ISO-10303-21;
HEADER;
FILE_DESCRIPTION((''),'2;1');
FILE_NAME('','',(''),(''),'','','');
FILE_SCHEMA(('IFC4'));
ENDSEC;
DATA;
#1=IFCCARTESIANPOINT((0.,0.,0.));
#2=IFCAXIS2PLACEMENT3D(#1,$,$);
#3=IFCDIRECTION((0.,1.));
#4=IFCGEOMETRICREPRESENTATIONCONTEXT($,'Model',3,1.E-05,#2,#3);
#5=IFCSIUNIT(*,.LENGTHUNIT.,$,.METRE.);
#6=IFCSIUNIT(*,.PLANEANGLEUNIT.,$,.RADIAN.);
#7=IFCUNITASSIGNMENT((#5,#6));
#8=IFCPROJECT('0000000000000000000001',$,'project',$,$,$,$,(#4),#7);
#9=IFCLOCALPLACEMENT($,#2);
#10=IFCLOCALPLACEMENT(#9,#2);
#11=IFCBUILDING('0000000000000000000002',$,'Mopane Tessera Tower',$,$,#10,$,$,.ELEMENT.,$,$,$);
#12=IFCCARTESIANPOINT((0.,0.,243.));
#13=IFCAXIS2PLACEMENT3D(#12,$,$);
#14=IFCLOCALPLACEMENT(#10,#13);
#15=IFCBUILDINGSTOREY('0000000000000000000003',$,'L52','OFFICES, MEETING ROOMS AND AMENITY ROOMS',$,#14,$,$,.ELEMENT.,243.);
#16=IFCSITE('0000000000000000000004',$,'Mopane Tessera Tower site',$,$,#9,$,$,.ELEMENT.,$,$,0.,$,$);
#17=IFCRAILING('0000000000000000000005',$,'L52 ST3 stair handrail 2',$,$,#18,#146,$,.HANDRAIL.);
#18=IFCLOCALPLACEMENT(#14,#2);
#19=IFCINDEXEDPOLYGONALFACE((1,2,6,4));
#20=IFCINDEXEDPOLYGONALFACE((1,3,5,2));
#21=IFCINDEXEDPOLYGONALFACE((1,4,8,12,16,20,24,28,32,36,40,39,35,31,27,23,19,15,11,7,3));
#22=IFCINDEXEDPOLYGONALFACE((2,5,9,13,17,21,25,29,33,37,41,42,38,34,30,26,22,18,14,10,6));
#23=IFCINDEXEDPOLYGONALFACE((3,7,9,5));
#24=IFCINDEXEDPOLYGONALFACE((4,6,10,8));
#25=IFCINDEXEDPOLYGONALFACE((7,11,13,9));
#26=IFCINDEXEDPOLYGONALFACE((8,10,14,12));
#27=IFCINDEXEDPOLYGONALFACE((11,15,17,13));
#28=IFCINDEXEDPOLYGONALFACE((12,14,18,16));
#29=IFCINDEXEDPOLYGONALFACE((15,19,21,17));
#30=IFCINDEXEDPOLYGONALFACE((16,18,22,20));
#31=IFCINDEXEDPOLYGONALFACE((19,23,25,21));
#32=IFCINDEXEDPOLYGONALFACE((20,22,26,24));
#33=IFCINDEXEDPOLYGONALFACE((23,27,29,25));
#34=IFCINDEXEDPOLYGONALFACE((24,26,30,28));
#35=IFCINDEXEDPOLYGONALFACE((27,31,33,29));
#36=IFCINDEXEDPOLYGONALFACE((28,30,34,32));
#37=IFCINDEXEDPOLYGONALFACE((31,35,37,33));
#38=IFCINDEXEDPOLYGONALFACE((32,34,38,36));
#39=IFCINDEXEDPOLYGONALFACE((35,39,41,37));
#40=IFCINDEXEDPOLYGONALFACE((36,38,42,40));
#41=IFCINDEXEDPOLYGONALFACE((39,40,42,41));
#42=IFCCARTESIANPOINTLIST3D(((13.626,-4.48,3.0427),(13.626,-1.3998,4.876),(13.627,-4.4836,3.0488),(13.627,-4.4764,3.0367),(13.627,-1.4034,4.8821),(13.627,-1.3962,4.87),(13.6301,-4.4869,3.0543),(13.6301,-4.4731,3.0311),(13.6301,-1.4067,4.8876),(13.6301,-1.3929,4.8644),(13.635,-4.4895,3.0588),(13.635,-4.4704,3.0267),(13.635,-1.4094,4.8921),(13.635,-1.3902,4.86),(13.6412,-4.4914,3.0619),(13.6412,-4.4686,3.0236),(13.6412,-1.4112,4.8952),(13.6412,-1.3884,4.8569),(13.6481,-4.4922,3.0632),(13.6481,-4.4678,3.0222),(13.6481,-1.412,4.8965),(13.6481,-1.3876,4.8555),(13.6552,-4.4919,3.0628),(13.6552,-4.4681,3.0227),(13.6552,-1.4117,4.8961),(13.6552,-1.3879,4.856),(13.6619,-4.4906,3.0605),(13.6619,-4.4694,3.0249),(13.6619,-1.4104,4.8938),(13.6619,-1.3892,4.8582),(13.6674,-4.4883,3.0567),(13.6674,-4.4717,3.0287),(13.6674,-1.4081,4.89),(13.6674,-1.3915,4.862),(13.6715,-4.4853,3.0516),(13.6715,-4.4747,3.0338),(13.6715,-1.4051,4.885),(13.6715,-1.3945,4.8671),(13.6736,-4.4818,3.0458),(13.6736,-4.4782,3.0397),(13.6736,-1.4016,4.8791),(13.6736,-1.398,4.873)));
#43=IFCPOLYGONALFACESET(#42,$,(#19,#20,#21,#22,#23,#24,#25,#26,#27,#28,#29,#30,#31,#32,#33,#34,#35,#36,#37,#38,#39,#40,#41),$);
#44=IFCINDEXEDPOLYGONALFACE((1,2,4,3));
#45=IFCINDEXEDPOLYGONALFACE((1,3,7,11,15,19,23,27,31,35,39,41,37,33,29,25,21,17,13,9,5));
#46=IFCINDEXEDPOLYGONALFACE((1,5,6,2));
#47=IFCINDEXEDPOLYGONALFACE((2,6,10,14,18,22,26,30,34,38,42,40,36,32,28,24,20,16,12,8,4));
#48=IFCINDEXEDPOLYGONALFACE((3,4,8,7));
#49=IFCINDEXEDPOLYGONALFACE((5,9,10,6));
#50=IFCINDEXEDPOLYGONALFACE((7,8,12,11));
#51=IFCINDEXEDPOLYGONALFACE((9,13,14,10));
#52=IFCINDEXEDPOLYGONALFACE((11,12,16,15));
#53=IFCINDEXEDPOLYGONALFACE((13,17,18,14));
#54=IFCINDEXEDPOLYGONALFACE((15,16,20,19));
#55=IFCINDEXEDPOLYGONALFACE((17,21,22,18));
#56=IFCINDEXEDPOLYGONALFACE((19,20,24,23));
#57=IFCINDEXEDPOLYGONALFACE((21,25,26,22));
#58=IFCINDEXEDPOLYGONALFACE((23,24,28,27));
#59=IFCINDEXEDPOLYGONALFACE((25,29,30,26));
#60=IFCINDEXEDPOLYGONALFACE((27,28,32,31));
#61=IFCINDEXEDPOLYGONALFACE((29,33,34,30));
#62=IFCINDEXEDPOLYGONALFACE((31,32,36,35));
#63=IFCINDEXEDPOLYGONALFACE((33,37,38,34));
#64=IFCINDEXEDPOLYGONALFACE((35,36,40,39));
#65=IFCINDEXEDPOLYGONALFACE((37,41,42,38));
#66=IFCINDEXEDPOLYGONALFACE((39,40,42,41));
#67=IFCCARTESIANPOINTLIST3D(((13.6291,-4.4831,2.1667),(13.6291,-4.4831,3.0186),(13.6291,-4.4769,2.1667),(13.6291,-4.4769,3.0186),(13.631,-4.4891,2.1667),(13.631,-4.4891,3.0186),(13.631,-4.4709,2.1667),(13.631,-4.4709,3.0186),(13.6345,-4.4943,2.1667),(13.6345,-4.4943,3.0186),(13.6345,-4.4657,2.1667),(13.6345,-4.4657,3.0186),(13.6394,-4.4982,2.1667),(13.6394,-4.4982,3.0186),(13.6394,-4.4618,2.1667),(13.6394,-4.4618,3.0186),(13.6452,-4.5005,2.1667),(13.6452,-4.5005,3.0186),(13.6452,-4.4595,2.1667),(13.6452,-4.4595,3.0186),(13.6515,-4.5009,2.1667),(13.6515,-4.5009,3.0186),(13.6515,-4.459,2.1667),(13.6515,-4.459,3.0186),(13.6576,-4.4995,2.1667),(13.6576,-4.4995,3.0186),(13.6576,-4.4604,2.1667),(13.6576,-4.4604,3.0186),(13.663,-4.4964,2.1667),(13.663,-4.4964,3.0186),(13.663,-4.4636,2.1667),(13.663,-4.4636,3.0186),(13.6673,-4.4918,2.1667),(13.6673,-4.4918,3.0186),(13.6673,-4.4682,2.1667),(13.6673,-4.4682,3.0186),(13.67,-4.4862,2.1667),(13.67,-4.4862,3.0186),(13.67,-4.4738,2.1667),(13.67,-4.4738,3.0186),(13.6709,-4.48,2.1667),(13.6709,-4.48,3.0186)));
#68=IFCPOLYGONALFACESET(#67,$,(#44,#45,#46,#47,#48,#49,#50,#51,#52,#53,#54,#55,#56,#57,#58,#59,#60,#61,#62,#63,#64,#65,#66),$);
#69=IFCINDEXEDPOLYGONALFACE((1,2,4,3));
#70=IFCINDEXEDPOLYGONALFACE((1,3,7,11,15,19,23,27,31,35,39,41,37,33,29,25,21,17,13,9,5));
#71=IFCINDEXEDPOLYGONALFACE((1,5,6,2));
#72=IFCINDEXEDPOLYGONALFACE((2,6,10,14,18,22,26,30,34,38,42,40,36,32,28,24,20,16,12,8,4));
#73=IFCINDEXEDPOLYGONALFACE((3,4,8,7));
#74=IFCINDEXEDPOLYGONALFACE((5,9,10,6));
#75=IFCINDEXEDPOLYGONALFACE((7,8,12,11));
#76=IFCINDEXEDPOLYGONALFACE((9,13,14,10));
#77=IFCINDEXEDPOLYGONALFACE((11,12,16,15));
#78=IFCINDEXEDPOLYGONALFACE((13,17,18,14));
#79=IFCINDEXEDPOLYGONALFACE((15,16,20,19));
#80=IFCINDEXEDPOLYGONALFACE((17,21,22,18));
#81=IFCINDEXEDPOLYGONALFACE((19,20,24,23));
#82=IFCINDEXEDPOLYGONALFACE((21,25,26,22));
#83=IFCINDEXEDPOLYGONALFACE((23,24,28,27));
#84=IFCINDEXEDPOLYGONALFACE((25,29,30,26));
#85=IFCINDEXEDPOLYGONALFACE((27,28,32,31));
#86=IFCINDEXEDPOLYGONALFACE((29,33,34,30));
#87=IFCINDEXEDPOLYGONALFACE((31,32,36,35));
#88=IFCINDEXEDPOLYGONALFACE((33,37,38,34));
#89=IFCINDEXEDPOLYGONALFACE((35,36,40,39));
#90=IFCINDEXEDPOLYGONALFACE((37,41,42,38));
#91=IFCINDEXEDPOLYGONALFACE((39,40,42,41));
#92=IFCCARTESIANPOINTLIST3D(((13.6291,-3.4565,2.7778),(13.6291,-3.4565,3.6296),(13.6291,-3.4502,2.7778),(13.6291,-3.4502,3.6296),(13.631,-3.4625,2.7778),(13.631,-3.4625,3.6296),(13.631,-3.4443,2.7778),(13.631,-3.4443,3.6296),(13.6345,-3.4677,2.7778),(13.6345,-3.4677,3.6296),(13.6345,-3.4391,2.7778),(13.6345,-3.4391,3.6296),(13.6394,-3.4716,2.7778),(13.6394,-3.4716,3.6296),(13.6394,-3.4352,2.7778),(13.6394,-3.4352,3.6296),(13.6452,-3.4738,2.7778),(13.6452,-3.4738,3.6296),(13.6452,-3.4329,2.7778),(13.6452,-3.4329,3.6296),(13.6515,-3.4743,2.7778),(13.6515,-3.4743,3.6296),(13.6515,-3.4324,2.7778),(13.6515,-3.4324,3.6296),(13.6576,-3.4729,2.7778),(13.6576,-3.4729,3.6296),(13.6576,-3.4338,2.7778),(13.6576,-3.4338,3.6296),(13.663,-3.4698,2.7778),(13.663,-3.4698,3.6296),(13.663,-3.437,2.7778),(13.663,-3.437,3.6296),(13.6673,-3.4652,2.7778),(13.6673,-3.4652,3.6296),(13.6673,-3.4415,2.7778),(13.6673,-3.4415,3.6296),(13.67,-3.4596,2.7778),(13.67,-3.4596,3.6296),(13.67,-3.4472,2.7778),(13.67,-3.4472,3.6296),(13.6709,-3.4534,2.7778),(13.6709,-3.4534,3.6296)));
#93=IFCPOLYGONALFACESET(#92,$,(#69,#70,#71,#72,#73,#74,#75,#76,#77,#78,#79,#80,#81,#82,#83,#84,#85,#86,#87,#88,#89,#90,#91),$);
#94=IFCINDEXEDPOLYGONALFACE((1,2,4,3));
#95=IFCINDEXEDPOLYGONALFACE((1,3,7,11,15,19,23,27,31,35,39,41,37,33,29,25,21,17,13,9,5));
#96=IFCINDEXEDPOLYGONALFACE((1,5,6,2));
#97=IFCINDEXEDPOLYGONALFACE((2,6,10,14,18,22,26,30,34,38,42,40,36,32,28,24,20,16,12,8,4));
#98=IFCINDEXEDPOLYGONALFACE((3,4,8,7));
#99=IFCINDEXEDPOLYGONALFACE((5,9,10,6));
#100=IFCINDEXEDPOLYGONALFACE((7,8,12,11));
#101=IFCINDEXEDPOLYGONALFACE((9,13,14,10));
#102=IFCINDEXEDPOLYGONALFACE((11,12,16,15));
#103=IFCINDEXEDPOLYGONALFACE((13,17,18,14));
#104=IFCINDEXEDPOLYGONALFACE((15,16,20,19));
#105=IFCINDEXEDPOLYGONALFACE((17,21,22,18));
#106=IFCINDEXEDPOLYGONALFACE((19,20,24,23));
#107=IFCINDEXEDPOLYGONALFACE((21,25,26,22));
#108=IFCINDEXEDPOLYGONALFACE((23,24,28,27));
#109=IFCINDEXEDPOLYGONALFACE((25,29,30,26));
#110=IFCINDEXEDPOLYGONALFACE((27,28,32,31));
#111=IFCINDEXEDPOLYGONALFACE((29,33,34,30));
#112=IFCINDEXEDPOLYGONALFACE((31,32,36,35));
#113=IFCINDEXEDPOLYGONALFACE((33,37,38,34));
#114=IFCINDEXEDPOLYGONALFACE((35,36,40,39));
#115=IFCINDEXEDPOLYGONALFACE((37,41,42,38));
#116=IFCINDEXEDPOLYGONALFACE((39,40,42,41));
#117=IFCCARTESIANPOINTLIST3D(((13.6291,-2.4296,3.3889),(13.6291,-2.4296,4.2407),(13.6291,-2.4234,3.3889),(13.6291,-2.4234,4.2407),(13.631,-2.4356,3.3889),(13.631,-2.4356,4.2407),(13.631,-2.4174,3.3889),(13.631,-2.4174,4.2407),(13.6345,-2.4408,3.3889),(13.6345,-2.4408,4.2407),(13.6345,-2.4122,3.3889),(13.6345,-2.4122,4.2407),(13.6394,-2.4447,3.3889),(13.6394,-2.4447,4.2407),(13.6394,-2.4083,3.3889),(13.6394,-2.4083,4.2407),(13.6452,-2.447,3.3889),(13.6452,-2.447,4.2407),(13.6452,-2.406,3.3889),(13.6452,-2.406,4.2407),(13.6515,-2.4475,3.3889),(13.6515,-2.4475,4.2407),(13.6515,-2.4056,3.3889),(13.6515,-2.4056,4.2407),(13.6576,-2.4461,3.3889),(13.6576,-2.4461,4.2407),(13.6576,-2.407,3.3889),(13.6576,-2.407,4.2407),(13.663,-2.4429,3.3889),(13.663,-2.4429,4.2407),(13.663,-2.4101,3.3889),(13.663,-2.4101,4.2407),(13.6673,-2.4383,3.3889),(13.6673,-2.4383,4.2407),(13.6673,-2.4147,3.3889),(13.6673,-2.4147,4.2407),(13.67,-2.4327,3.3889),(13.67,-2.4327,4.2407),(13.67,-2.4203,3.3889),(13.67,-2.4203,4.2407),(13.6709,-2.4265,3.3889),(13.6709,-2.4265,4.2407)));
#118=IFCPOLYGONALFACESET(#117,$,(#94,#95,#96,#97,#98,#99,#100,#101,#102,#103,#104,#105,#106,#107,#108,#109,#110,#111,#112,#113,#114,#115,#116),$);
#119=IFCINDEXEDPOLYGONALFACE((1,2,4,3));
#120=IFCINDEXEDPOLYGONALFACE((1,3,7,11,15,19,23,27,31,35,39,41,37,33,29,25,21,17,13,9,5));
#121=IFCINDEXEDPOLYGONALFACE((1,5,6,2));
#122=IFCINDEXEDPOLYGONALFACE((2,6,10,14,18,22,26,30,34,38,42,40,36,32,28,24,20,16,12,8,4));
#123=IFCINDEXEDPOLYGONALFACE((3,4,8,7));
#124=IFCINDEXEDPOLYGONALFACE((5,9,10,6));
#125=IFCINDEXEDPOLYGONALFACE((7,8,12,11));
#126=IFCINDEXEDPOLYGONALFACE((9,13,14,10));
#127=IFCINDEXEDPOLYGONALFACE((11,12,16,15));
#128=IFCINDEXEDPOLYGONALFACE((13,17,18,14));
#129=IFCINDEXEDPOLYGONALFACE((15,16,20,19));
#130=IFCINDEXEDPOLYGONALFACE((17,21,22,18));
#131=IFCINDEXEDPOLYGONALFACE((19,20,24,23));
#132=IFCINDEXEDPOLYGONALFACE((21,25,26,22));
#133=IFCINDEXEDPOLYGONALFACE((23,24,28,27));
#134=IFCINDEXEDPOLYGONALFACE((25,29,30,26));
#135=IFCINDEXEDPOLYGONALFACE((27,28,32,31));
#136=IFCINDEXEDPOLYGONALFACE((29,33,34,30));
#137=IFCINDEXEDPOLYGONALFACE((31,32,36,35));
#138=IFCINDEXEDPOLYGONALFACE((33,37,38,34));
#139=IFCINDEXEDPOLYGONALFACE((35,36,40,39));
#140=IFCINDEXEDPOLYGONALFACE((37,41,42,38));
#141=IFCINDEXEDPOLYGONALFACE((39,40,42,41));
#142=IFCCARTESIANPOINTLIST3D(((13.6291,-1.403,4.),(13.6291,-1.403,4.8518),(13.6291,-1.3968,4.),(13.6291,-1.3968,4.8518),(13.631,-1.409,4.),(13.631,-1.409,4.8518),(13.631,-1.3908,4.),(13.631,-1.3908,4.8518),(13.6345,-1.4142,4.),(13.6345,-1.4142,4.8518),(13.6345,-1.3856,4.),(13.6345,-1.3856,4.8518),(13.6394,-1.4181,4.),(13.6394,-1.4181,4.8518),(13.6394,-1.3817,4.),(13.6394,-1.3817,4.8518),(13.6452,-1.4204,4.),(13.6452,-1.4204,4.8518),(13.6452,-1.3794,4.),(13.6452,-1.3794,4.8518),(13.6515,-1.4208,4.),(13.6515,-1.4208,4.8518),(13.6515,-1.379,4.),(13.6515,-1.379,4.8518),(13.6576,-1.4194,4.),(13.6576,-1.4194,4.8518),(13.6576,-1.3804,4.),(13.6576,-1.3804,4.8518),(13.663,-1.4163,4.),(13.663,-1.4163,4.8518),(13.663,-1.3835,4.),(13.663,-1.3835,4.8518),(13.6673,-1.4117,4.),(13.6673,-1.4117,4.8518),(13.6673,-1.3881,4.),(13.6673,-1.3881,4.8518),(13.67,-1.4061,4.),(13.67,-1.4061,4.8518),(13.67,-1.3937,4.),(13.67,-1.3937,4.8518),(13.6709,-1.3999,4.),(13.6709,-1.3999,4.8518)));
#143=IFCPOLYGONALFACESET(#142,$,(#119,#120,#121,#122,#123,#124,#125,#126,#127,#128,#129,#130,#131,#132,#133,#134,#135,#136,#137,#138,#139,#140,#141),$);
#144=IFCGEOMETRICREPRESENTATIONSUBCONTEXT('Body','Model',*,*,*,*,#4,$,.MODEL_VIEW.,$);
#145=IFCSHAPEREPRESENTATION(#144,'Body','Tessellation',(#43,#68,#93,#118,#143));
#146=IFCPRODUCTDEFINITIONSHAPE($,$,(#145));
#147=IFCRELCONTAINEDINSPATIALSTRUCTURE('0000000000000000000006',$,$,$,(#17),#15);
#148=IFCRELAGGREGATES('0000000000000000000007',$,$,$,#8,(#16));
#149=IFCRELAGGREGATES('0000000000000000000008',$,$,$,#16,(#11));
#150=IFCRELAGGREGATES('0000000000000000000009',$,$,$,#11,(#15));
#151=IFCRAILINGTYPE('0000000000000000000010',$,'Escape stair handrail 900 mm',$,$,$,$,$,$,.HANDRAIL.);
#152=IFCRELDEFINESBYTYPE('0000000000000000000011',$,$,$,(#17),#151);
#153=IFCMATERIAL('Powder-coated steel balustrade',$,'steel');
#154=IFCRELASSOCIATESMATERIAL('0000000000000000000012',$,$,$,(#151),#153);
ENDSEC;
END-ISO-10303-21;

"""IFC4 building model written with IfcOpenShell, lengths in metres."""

from ifc_helpers import new_model, si_unit, direction, frame, origin, origin_2d, place, context, subcontext, project, spatial, circle, extrude, material, type_object, element, save


model = new_model("IFC4")

# Units and contexts
model_context = context("Model", 3, precision=1e-05, world=origin(), true_north=direction((0.0, 1.0)))
body_context = subcontext(model_context, "Body", "Model", "MODEL_VIEW")
ifc_project = project(units=[si_unit("LENGTHUNIT", "METRE"), si_unit("PLANEANGLEUNIT", "RADIAN")], contexts=[model_context])

# Site, building, storey
site_placement = place(None, origin())
site = spatial("IfcSite", under=ifc_project, at=site_placement, Name="Mopane Tessera Tower site", CompositionType="ELEMENT", RefElevation=0.0)
building_placement = place(site_placement, origin())
building = spatial("IfcBuilding", under=site, at=building_placement, Name="Mopane Tessera Tower", CompositionType="ELEMENT")
storey_placement = place(building_placement, frame((0.0, 0.0, 243.0)))
storey = spatial("IfcBuildingStorey", under=building, at=storey_placement, Name="L52", Description="OFFICES, MEETING ROOMS AND AMENITY ROOMS", CompositionType="ELEMENT", Elevation=243.0)

# Railing
ifc_material_1 = material(Name="Powder-coated steel balustrade", Category="steel")
railing_type_1 = type_object("IfcRailingType", Name="Escape stair handrail 900 mm", PredefinedType="HANDRAIL", material=ifc_material_1)
railing_1_placement = place(storey_placement, frame((13.6499, -4.48, 2.1667)))
element("IfcRailing", 1, at=railing_1_placement, inside=storey, type_object=railing_type_1, Name="L52 ST3 stair handrail 2", PredefinedType="HANDRAIL", context=body_context, shape_type="SweptSolid", body=[
    extrude(circle(Radius=0.0239, at=origin_2d()), frame((0.0, 0.0, 0.876), z_axis=(0.0, 0.859309, 0.511458), x_axis=(-1.0, 0.0, 0.0)), (0.0, 0.0, 1.0), 3.5845),
    extrude(circle(Radius=0.021, at=origin_2d()), origin(), (0.0, 0.0, 1.0), 0.8518),
    extrude(circle(Radius=0.021, at=origin_2d()), frame((0.0, 1.0266, 0.6111)), (0.0, 0.0, 1.0), 0.8518),
    extrude(circle(Radius=0.021, at=origin_2d()), frame((0.0, 2.0535, 1.2222)), (0.0, 0.0, 1.0), 0.8518),
    extrude(circle(Radius=0.021, at=origin_2d()), frame((0.0, 3.0801, 1.8333)), (0.0, 0.0, 1.0), 0.8518),
])

save(model, "model.ifc")
